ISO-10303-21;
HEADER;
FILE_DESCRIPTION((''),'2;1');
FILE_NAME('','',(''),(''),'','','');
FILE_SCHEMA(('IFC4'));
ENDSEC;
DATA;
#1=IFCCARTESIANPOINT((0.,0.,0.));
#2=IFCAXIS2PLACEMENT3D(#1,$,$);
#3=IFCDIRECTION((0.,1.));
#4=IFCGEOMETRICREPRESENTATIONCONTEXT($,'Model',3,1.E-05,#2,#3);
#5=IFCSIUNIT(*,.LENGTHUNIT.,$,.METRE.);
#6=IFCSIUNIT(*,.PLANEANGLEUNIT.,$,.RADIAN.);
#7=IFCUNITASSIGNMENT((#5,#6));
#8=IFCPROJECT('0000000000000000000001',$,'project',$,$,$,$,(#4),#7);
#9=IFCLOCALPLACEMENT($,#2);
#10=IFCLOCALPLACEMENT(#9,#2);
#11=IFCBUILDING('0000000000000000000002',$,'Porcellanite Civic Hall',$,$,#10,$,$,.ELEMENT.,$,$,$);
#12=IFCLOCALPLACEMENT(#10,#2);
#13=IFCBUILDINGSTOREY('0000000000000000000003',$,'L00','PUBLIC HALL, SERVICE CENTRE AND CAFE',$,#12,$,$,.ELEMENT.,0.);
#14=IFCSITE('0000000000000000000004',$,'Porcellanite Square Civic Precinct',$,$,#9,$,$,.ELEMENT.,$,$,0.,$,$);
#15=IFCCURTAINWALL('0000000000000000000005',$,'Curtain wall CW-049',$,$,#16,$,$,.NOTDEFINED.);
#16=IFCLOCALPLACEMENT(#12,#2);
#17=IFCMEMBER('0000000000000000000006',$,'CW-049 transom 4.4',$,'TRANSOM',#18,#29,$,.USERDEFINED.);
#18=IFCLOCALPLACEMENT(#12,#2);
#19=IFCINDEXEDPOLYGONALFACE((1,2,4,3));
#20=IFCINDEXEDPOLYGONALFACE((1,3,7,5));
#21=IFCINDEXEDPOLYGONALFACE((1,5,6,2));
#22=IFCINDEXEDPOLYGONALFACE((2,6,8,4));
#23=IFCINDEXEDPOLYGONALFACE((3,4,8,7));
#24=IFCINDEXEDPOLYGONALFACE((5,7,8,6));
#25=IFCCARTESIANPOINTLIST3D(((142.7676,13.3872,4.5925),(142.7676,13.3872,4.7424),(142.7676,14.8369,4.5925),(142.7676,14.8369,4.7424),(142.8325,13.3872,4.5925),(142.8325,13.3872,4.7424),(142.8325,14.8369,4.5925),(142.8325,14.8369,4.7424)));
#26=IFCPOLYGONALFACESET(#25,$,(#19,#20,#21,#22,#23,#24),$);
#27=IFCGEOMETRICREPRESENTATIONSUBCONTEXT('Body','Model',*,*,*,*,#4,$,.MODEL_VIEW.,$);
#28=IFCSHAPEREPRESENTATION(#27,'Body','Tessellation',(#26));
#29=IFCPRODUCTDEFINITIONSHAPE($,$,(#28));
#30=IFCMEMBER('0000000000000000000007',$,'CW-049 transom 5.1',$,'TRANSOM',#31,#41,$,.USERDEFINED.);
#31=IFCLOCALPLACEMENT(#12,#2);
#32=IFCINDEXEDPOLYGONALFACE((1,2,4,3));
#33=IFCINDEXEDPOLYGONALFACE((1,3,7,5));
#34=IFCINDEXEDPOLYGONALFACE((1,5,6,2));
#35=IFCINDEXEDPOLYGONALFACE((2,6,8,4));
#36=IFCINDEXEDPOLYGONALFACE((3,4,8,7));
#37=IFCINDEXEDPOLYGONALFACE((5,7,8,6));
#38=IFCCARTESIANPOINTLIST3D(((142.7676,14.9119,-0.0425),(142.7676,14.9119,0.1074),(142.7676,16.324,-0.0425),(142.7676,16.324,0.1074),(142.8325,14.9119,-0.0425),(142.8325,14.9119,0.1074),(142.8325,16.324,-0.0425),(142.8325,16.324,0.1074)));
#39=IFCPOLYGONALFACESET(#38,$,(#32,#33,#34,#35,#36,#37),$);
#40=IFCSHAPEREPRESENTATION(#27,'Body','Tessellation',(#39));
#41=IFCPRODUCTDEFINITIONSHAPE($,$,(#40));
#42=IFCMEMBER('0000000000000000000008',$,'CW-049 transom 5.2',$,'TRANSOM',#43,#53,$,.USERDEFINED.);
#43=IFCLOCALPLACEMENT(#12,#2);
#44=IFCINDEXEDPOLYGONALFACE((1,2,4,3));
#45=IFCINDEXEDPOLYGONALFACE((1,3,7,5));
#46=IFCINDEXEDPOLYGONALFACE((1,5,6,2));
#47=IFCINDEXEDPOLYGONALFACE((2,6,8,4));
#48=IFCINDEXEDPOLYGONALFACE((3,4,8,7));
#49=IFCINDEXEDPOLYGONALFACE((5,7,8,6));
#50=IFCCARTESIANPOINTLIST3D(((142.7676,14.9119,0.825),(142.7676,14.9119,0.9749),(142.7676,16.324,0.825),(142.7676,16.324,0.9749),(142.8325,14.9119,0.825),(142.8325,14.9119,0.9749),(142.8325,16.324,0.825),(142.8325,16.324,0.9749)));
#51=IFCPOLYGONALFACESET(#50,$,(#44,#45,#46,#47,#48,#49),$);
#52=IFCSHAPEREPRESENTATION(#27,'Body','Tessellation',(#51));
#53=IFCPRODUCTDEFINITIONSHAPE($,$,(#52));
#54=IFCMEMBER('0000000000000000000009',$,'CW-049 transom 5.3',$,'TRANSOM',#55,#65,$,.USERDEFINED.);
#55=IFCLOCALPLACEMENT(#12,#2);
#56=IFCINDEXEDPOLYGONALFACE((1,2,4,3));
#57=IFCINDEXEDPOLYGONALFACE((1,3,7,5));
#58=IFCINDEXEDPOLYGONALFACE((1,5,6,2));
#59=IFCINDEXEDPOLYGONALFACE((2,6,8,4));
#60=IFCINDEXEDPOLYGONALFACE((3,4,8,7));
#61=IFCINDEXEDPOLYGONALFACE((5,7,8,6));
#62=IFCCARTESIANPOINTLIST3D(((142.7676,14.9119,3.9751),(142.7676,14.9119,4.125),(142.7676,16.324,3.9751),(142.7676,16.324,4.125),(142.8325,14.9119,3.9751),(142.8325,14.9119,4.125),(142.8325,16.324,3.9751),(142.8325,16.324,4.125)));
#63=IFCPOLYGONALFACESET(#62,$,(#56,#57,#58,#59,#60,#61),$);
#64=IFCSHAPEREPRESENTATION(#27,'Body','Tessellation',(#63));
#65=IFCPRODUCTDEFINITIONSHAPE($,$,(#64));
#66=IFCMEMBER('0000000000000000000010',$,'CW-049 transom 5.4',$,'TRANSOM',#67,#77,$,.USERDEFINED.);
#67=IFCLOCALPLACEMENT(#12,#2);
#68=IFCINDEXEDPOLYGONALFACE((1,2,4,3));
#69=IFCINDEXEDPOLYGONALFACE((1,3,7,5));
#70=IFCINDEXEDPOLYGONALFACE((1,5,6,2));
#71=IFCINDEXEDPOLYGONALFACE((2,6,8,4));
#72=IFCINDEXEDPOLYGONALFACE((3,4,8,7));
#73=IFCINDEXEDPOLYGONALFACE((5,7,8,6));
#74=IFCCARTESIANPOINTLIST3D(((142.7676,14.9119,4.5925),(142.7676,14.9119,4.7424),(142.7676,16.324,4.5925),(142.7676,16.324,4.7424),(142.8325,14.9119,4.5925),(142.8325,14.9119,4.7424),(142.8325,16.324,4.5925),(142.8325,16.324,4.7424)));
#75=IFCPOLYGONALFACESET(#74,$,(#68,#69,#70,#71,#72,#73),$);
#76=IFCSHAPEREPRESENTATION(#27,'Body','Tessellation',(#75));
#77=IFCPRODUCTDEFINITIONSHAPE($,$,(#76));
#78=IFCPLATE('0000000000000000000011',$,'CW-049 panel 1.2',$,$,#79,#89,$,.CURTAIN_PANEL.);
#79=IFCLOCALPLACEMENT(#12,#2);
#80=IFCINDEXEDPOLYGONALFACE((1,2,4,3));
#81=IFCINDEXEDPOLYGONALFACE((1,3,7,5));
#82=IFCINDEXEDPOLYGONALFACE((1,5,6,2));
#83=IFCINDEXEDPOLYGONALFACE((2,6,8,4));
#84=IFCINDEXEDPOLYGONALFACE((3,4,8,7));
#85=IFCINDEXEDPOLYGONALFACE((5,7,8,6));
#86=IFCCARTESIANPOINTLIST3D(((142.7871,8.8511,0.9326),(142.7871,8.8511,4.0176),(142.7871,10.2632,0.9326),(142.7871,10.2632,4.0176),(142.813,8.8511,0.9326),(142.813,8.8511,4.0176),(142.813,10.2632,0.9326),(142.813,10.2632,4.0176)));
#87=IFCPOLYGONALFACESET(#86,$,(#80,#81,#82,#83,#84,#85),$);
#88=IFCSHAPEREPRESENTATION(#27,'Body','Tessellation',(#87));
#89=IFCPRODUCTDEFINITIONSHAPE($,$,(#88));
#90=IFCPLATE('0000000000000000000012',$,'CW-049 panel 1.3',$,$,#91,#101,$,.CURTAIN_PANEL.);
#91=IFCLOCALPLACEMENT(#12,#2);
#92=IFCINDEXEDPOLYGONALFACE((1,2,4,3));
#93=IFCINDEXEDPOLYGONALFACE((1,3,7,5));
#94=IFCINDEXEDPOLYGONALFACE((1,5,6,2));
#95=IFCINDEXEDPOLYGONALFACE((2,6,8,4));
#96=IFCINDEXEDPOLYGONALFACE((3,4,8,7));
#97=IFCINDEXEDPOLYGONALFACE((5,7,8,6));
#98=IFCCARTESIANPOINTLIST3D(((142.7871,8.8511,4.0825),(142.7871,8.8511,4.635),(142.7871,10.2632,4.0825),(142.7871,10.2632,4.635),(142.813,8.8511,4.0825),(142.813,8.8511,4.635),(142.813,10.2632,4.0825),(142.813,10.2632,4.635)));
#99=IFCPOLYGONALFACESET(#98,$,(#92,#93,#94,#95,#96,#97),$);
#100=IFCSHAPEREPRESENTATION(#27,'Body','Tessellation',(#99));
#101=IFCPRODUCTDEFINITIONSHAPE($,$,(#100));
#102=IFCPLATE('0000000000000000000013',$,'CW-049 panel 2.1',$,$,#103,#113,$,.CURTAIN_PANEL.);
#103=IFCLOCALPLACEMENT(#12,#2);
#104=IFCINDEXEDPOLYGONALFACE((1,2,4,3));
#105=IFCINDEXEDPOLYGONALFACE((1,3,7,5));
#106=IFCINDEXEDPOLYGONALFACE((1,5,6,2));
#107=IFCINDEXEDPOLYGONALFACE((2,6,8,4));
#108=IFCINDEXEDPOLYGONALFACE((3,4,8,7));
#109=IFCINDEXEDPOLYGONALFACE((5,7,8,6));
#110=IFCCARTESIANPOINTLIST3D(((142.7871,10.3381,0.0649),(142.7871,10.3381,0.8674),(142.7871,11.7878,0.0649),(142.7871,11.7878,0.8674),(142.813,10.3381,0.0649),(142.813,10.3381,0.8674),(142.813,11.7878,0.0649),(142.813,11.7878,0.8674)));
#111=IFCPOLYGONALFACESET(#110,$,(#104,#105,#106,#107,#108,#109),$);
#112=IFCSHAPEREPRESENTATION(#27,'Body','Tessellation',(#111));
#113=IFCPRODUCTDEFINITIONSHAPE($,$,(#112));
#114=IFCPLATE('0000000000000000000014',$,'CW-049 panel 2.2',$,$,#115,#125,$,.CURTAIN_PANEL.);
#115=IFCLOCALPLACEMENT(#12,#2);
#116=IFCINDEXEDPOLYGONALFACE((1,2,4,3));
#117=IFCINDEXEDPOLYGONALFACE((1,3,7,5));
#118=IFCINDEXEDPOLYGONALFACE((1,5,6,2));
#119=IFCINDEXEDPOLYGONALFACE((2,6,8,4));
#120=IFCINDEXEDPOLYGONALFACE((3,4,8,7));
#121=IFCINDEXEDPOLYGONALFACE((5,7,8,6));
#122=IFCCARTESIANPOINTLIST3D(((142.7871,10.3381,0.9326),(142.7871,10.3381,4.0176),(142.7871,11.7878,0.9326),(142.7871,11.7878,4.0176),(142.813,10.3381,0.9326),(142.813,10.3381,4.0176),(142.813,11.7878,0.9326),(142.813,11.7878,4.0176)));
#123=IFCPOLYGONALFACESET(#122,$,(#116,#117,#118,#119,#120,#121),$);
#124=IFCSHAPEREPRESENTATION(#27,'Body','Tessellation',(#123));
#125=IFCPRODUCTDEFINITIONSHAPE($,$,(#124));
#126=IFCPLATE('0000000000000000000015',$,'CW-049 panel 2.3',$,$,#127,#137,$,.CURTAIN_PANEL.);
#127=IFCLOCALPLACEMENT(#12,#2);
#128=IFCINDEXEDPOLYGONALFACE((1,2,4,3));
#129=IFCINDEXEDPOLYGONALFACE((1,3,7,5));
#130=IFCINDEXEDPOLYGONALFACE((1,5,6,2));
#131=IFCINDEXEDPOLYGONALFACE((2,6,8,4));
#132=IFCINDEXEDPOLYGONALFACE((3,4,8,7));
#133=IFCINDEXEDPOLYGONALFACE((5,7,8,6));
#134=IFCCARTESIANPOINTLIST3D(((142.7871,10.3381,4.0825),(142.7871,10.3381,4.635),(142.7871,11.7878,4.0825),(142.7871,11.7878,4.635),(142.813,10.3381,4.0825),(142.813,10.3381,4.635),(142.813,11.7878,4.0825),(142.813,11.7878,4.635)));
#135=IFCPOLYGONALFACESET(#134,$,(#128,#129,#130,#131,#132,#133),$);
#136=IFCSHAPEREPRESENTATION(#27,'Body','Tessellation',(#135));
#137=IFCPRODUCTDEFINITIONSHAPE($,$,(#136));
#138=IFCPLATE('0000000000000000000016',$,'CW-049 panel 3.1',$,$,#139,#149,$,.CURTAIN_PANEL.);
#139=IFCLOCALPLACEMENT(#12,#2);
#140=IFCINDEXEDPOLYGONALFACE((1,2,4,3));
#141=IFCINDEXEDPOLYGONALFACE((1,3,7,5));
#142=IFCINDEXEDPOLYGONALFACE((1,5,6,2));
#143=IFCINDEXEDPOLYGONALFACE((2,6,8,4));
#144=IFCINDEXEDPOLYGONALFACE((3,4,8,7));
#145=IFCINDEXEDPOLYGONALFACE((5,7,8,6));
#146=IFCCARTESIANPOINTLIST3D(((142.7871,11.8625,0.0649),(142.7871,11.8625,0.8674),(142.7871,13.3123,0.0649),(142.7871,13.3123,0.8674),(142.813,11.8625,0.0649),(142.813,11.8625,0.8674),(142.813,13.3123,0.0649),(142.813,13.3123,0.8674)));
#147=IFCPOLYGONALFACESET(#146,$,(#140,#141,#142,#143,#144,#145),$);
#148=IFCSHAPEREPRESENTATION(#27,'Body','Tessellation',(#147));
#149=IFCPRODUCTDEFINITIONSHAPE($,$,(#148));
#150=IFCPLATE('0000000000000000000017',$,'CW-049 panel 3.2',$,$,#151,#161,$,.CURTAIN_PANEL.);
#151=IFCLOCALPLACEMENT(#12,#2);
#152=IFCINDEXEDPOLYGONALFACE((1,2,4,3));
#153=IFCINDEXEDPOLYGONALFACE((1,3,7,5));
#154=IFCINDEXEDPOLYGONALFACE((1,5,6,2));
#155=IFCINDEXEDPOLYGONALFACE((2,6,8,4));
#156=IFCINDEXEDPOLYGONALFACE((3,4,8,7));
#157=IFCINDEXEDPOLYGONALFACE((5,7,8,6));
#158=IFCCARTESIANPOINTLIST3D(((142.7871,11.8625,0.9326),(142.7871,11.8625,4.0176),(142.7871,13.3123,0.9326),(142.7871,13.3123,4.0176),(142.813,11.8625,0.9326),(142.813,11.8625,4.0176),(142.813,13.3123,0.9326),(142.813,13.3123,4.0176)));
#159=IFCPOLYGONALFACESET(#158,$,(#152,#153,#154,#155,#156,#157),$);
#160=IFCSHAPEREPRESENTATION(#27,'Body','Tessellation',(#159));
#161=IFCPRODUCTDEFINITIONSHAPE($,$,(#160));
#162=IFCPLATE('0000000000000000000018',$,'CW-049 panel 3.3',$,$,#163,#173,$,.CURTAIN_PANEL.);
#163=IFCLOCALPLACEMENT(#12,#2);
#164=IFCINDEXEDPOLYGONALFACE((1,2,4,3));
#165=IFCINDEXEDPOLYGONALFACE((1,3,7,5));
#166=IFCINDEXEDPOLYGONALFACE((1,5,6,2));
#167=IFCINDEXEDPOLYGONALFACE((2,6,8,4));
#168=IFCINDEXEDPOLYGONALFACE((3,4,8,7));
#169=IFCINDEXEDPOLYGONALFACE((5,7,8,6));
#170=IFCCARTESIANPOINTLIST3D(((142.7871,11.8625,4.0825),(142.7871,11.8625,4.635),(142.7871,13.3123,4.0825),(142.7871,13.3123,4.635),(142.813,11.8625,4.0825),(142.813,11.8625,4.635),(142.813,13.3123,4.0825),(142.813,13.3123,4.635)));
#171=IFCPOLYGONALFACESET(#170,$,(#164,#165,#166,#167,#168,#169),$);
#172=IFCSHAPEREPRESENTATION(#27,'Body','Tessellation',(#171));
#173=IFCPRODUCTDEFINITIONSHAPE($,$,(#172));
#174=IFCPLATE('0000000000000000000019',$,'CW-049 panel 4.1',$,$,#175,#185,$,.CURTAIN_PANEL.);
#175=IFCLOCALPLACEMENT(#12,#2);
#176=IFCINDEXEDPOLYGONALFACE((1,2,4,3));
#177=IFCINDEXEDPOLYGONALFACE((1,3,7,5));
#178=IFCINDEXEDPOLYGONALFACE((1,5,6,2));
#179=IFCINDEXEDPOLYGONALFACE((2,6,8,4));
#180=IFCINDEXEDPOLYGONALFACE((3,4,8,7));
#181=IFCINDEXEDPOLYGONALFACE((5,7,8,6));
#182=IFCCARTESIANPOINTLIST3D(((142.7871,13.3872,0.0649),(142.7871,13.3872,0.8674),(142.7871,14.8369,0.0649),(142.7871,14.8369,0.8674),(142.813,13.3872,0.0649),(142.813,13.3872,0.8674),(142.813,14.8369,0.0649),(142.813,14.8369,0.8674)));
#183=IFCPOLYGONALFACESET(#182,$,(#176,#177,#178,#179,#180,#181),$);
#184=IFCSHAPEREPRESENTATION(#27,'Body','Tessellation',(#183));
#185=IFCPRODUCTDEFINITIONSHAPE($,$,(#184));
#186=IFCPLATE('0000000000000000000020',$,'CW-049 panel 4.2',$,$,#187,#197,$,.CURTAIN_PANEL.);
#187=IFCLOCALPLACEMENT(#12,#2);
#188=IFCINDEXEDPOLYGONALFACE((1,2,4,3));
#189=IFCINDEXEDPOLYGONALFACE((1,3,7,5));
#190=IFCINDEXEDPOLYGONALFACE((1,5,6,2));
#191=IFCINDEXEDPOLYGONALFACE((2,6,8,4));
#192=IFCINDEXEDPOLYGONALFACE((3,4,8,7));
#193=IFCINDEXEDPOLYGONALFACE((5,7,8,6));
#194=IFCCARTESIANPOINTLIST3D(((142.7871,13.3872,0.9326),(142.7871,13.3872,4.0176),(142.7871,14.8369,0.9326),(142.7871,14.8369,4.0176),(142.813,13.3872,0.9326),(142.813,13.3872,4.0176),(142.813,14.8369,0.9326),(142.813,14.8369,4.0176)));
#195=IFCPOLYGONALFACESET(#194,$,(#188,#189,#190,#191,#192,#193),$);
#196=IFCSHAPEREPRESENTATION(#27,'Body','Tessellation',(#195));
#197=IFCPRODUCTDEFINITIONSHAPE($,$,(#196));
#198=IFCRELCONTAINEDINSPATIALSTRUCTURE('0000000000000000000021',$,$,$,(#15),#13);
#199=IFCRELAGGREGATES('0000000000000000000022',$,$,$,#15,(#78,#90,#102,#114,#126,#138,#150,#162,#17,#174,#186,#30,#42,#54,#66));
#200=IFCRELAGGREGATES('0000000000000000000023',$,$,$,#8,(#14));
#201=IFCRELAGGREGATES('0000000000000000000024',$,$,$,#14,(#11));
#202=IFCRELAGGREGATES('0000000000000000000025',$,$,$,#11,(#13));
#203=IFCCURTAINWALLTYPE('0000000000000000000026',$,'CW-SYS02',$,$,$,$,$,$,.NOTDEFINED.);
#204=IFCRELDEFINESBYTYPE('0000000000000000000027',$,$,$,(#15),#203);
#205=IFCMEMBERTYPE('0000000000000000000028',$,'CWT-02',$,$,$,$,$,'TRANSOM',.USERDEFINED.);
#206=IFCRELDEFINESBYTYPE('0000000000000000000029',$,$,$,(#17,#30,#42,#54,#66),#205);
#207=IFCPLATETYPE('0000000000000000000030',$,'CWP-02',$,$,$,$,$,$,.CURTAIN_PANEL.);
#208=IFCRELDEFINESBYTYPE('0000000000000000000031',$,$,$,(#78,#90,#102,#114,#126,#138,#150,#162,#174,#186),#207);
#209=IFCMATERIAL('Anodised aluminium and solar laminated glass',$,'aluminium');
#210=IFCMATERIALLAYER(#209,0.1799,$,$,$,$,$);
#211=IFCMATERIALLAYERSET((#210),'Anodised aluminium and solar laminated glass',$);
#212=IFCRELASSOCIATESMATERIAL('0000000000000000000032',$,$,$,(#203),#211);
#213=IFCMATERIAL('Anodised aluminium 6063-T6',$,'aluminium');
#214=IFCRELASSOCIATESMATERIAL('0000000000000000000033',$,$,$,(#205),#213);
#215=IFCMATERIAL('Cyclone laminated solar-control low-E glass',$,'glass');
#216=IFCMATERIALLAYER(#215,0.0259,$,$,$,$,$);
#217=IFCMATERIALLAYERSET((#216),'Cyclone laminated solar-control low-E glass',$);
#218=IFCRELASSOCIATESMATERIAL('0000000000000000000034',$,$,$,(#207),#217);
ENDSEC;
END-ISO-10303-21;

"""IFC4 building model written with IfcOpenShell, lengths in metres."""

from ifc_helpers import new_model, si_unit, direction, frame, origin, origin_2d, place, context, subcontext, project, spatial, rectangle, extrude, material, layer, layer_set, material_profile, profile_set, type_object, element, aggregate, save


model = new_model("IFC4")

# Units and contexts
model_context = context("Model", 3, precision=1e-05, world=origin(), true_north=direction((0.0, 1.0)))
body_context = subcontext(model_context, "Body", "Model", "MODEL_VIEW")
ifc_project = project(units=[si_unit("LENGTHUNIT", "METRE"), si_unit("PLANEANGLEUNIT", "RADIAN")], contexts=[model_context])

# Site, building, storey
site_placement = place(None, origin())
site = spatial("IfcSite", under=ifc_project, at=site_placement, Name="Porcellanite Square Civic Precinct", CompositionType="ELEMENT", RefElevation=0.0)
building_placement = place(site_placement, origin())
building = spatial("IfcBuilding", under=site, at=building_placement, Name="Porcellanite Civic Hall", CompositionType="ELEMENT")
storey_placement = place(building_placement, origin())
storey = spatial("IfcBuildingStorey", under=building, at=storey_placement, Name="L00", Description="PUBLIC HALL, SERVICE CENTRE AND CAFE", CompositionType="ELEMENT", Elevation=0.0)

# Curtain wall, members, plates
ifc_material_1 = material(Name="Anodised aluminium and solar laminated glass", Category="aluminium")
ifc_layer_1 = layer(ifc_material_1, 0.1799)
ifc_layer_set_1 = layer_set([ifc_layer_1], Name="Anodised aluminium and solar laminated glass")
curtain_wall_type = type_object("IfcCurtainWallType", Name="CW-SYS02", PredefinedType="NOTDEFINED", material=ifc_layer_set_1)
curtain_wall_placement = place(storey_placement, origin())
curtain_wall = element("IfcCurtainWall", 1, at=curtain_wall_placement, inside=storey, type_object=curtain_wall_type, Name="Curtain wall CW-049", PredefinedType="NOTDEFINED")
ifc_material_2 = material(Name="Anodised aluminium 6063-T6", Category="aluminium")
ifc_material_profile_1 = material_profile(ifc_material_2, rectangle(XDim=0.0649, YDim=0.1499, at=origin_2d()), Name="AL-65x150")
ifc_profile_set_1 = profile_set([ifc_material_profile_1], Name="Anodised aluminium 6063-T6")
member_type_1 = type_object("IfcMemberType", Name="CWT-02", ElementType="TRANSOM", PredefinedType="USERDEFINED", material=ifc_profile_set_1)
member_1_placement = place(storey_placement, frame((142.8, 13.3872, 4.6675), z_axis=(0.0, 1.0, 0.0), x_axis=(-1.0, 0.0, 0.0)))
member_1 = element("IfcMember", 2, at=member_1_placement, type_object=member_type_1, Name="CW-049 transom 4.4", ObjectType="TRANSOM", PredefinedType="USERDEFINED", context=body_context, shape_type="SweptSolid", body=[
    extrude(rectangle(XDim=0.0649, YDim=0.1499, at=origin_2d()), origin(), (0.0, 0.0, 1.0), 1.4497),
])
member_2_placement = place(storey_placement, frame((142.8, 14.9119, 0.0325), z_axis=(0.0, 1.0, 0.0), x_axis=(-1.0, 0.0, 0.0)))
member_2 = element("IfcMember", 3, at=member_2_placement, type_object=member_type_1, Name="CW-049 transom 5.1", ObjectType="TRANSOM", PredefinedType="USERDEFINED", context=body_context, shape_type="SweptSolid", body=[
    extrude(rectangle(XDim=0.0649, YDim=0.1499, at=origin_2d()), origin(), (0.0, 0.0, 1.0), 1.4121),
])
member_3_placement = place(storey_placement, frame((142.8, 14.9119, 0.8999), z_axis=(0.0, 1.0, 0.0), x_axis=(-1.0, 0.0, 0.0)))
member_3 = element("IfcMember", 4, at=member_3_placement, type_object=member_type_1, Name="CW-049 transom 5.2", ObjectType="TRANSOM", PredefinedType="USERDEFINED", context=body_context, shape_type="SweptSolid", body=[
    extrude(rectangle(XDim=0.0649, YDim=0.1499, at=origin_2d()), origin(), (0.0, 0.0, 1.0), 1.4121),
])
member_4_placement = place(storey_placement, frame((142.8, 14.9119, 4.05), z_axis=(0.0, 1.0, 0.0), x_axis=(-1.0, 0.0, 0.0)))
member_4 = element("IfcMember", 5, at=member_4_placement, type_object=member_type_1, Name="CW-049 transom 5.3", ObjectType="TRANSOM", PredefinedType="USERDEFINED", context=body_context, shape_type="SweptSolid", body=[
    extrude(rectangle(XDim=0.0649, YDim=0.1499, at=origin_2d()), origin(), (0.0, 0.0, 1.0), 1.4121),
])
member_5_placement = place(storey_placement, frame((142.8, 14.9119, 4.6675), z_axis=(0.0, 1.0, 0.0), x_axis=(-1.0, 0.0, 0.0)))
member_5 = element("IfcMember", 6, at=member_5_placement, type_object=member_type_1, Name="CW-049 transom 5.4", ObjectType="TRANSOM", PredefinedType="USERDEFINED", context=body_context, shape_type="SweptSolid", body=[
    extrude(rectangle(XDim=0.0649, YDim=0.1499, at=origin_2d()), origin(), (0.0, 0.0, 1.0), 1.4121),
])
ifc_material_3 = material(Name="Cyclone laminated solar-control low-E glass", Category="glass")
ifc_layer_2 = layer(ifc_material_3, 0.0259)
ifc_layer_set_2 = layer_set([ifc_layer_2], Name="Cyclone laminated solar-control low-E glass")
plate_type = type_object("IfcPlateType", Name="CWP-02", PredefinedType="CURTAIN_PANEL", material=ifc_layer_set_2)
plate_1_placement = place(storey_placement, frame((142.8, 9.5571, 0.9326), z_axis=(0.0, 0.0, 1.0), x_axis=(0.0, 1.0, 0.0)))
plate_1 = element("IfcPlate", 7, at=plate_1_placement, type_object=plate_type, Name="CW-049 panel 1.2", PredefinedType="CURTAIN_PANEL", context=body_context, shape_type="SweptSolid", body=[
    extrude(rectangle(XDim=1.4121, YDim=0.0259, at=origin_2d()), origin(), (0.0, 0.0, 1.0), 3.085),
])
plate_2_placement = place(storey_placement, frame((142.8, 9.5571, 4.0825), z_axis=(0.0, 0.0, 1.0), x_axis=(0.0, 1.0, 0.0)))
plate_2 = element("IfcPlate", 8, at=plate_2_placement, type_object=plate_type, Name="CW-049 panel 1.3", PredefinedType="CURTAIN_PANEL", context=body_context, shape_type="SweptSolid", body=[
    extrude(rectangle(XDim=1.4121, YDim=0.0259, at=origin_2d()), origin(), (0.0, 0.0, 1.0), 0.5525),
])
plate_3_placement = place(storey_placement, frame((142.8, 11.063, 0.0649), z_axis=(0.0, 0.0, 1.0), x_axis=(0.0, 1.0, 0.0)))
plate_3 = element("IfcPlate", 9, at=plate_3_placement, type_object=plate_type, Name="CW-049 panel 2.1", PredefinedType="CURTAIN_PANEL", context=body_context, shape_type="SweptSolid", body=[
    extrude(rectangle(XDim=1.4497, YDim=0.0259, at=origin_2d()), origin(), (0.0, 0.0, 1.0), 0.8025),
])
plate_4_placement = place(storey_placement, frame((142.8, 11.063, 0.9326), z_axis=(0.0, 0.0, 1.0), x_axis=(0.0, 1.0, 0.0)))
plate_4 = element("IfcPlate", 10, at=plate_4_placement, type_object=plate_type, Name="CW-049 panel 2.2", PredefinedType="CURTAIN_PANEL", context=body_context, shape_type="SweptSolid", body=[
    extrude(rectangle(XDim=1.4497, YDim=0.0259, at=origin_2d()), origin(), (0.0, 0.0, 1.0), 3.085),
])
plate_5_placement = place(storey_placement, frame((142.8, 11.063, 4.0825), z_axis=(0.0, 0.0, 1.0), x_axis=(0.0, 1.0, 0.0)))
plate_5 = element("IfcPlate", 11, at=plate_5_placement, type_object=plate_type, Name="CW-049 panel 2.3", PredefinedType="CURTAIN_PANEL", context=body_context, shape_type="SweptSolid", body=[
    extrude(rectangle(XDim=1.4497, YDim=0.0259, at=origin_2d()), origin(), (0.0, 0.0, 1.0), 0.5525),
])
plate_6_placement = place(storey_placement, frame((142.8, 12.5874, 0.0649), z_axis=(0.0, 0.0, 1.0), x_axis=(0.0, 1.0, 0.0)))
plate_6 = element("IfcPlate", 12, at=plate_6_placement, type_object=plate_type, Name="CW-049 panel 3.1", PredefinedType="CURTAIN_PANEL", context=body_context, shape_type="SweptSolid", body=[
    extrude(rectangle(XDim=1.4497, YDim=0.0259, at=origin_2d()), origin(), (0.0, 0.0, 1.0), 0.8025),
])
plate_7_placement = place(storey_placement, frame((142.8, 12.5874, 0.9326), z_axis=(0.0, 0.0, 1.0), x_axis=(0.0, 1.0, 0.0)))
plate_7 = element("IfcPlate", 13, at=plate_7_placement, type_object=plate_type, Name="CW-049 panel 3.2", PredefinedType="CURTAIN_PANEL", context=body_context, shape_type="SweptSolid", body=[
    extrude(rectangle(XDim=1.4497, YDim=0.0259, at=origin_2d()), origin(), (0.0, 0.0, 1.0), 3.085),
])
plate_8_placement = place(storey_placement, frame((142.8, 12.5874, 4.0825), z_axis=(0.0, 0.0, 1.0), x_axis=(0.0, 1.0, 0.0)))
plate_8 = element("IfcPlate", 14, at=plate_8_placement, type_object=plate_type, Name="CW-049 panel 3.3", PredefinedType="CURTAIN_PANEL", context=body_context, shape_type="SweptSolid", body=[
    extrude(rectangle(XDim=1.4497, YDim=0.0259, at=origin_2d()), origin(), (0.0, 0.0, 1.0), 0.5525),
])
plate_9_placement = place(storey_placement, frame((142.8, 14.1121, 0.0649), z_axis=(0.0, 0.0, 1.0), x_axis=(0.0, 1.0, 0.0)))
plate_9 = element("IfcPlate", 15, at=plate_9_placement, type_object=plate_type, Name="CW-049 panel 4.1", PredefinedType="CURTAIN_PANEL", context=body_context, shape_type="SweptSolid", body=[
    extrude(rectangle(XDim=1.4497, YDim=0.0259, at=origin_2d()), origin(), (0.0, 0.0, 1.0), 0.8025),
])
plate_10_placement = place(storey_placement, frame((142.8, 14.1121, 0.9326), z_axis=(0.0, 0.0, 1.0), x_axis=(0.0, 1.0, 0.0)))
plate_10 = element("IfcPlate", 16, at=plate_10_placement, type_object=plate_type, Name="CW-049 panel 4.2", PredefinedType="CURTAIN_PANEL", context=body_context, shape_type="SweptSolid", body=[
    extrude(rectangle(XDim=1.4497, YDim=0.0259, at=origin_2d()), origin(), (0.0, 0.0, 1.0), 3.085),
])
aggregate(curtain_wall, [plate_1, plate_2, plate_3, plate_4, plate_5, plate_6, plate_7, plate_8, member_1, plate_9, plate_10, member_2, member_3, member_4, member_5])

save(model, "model.ifc")
